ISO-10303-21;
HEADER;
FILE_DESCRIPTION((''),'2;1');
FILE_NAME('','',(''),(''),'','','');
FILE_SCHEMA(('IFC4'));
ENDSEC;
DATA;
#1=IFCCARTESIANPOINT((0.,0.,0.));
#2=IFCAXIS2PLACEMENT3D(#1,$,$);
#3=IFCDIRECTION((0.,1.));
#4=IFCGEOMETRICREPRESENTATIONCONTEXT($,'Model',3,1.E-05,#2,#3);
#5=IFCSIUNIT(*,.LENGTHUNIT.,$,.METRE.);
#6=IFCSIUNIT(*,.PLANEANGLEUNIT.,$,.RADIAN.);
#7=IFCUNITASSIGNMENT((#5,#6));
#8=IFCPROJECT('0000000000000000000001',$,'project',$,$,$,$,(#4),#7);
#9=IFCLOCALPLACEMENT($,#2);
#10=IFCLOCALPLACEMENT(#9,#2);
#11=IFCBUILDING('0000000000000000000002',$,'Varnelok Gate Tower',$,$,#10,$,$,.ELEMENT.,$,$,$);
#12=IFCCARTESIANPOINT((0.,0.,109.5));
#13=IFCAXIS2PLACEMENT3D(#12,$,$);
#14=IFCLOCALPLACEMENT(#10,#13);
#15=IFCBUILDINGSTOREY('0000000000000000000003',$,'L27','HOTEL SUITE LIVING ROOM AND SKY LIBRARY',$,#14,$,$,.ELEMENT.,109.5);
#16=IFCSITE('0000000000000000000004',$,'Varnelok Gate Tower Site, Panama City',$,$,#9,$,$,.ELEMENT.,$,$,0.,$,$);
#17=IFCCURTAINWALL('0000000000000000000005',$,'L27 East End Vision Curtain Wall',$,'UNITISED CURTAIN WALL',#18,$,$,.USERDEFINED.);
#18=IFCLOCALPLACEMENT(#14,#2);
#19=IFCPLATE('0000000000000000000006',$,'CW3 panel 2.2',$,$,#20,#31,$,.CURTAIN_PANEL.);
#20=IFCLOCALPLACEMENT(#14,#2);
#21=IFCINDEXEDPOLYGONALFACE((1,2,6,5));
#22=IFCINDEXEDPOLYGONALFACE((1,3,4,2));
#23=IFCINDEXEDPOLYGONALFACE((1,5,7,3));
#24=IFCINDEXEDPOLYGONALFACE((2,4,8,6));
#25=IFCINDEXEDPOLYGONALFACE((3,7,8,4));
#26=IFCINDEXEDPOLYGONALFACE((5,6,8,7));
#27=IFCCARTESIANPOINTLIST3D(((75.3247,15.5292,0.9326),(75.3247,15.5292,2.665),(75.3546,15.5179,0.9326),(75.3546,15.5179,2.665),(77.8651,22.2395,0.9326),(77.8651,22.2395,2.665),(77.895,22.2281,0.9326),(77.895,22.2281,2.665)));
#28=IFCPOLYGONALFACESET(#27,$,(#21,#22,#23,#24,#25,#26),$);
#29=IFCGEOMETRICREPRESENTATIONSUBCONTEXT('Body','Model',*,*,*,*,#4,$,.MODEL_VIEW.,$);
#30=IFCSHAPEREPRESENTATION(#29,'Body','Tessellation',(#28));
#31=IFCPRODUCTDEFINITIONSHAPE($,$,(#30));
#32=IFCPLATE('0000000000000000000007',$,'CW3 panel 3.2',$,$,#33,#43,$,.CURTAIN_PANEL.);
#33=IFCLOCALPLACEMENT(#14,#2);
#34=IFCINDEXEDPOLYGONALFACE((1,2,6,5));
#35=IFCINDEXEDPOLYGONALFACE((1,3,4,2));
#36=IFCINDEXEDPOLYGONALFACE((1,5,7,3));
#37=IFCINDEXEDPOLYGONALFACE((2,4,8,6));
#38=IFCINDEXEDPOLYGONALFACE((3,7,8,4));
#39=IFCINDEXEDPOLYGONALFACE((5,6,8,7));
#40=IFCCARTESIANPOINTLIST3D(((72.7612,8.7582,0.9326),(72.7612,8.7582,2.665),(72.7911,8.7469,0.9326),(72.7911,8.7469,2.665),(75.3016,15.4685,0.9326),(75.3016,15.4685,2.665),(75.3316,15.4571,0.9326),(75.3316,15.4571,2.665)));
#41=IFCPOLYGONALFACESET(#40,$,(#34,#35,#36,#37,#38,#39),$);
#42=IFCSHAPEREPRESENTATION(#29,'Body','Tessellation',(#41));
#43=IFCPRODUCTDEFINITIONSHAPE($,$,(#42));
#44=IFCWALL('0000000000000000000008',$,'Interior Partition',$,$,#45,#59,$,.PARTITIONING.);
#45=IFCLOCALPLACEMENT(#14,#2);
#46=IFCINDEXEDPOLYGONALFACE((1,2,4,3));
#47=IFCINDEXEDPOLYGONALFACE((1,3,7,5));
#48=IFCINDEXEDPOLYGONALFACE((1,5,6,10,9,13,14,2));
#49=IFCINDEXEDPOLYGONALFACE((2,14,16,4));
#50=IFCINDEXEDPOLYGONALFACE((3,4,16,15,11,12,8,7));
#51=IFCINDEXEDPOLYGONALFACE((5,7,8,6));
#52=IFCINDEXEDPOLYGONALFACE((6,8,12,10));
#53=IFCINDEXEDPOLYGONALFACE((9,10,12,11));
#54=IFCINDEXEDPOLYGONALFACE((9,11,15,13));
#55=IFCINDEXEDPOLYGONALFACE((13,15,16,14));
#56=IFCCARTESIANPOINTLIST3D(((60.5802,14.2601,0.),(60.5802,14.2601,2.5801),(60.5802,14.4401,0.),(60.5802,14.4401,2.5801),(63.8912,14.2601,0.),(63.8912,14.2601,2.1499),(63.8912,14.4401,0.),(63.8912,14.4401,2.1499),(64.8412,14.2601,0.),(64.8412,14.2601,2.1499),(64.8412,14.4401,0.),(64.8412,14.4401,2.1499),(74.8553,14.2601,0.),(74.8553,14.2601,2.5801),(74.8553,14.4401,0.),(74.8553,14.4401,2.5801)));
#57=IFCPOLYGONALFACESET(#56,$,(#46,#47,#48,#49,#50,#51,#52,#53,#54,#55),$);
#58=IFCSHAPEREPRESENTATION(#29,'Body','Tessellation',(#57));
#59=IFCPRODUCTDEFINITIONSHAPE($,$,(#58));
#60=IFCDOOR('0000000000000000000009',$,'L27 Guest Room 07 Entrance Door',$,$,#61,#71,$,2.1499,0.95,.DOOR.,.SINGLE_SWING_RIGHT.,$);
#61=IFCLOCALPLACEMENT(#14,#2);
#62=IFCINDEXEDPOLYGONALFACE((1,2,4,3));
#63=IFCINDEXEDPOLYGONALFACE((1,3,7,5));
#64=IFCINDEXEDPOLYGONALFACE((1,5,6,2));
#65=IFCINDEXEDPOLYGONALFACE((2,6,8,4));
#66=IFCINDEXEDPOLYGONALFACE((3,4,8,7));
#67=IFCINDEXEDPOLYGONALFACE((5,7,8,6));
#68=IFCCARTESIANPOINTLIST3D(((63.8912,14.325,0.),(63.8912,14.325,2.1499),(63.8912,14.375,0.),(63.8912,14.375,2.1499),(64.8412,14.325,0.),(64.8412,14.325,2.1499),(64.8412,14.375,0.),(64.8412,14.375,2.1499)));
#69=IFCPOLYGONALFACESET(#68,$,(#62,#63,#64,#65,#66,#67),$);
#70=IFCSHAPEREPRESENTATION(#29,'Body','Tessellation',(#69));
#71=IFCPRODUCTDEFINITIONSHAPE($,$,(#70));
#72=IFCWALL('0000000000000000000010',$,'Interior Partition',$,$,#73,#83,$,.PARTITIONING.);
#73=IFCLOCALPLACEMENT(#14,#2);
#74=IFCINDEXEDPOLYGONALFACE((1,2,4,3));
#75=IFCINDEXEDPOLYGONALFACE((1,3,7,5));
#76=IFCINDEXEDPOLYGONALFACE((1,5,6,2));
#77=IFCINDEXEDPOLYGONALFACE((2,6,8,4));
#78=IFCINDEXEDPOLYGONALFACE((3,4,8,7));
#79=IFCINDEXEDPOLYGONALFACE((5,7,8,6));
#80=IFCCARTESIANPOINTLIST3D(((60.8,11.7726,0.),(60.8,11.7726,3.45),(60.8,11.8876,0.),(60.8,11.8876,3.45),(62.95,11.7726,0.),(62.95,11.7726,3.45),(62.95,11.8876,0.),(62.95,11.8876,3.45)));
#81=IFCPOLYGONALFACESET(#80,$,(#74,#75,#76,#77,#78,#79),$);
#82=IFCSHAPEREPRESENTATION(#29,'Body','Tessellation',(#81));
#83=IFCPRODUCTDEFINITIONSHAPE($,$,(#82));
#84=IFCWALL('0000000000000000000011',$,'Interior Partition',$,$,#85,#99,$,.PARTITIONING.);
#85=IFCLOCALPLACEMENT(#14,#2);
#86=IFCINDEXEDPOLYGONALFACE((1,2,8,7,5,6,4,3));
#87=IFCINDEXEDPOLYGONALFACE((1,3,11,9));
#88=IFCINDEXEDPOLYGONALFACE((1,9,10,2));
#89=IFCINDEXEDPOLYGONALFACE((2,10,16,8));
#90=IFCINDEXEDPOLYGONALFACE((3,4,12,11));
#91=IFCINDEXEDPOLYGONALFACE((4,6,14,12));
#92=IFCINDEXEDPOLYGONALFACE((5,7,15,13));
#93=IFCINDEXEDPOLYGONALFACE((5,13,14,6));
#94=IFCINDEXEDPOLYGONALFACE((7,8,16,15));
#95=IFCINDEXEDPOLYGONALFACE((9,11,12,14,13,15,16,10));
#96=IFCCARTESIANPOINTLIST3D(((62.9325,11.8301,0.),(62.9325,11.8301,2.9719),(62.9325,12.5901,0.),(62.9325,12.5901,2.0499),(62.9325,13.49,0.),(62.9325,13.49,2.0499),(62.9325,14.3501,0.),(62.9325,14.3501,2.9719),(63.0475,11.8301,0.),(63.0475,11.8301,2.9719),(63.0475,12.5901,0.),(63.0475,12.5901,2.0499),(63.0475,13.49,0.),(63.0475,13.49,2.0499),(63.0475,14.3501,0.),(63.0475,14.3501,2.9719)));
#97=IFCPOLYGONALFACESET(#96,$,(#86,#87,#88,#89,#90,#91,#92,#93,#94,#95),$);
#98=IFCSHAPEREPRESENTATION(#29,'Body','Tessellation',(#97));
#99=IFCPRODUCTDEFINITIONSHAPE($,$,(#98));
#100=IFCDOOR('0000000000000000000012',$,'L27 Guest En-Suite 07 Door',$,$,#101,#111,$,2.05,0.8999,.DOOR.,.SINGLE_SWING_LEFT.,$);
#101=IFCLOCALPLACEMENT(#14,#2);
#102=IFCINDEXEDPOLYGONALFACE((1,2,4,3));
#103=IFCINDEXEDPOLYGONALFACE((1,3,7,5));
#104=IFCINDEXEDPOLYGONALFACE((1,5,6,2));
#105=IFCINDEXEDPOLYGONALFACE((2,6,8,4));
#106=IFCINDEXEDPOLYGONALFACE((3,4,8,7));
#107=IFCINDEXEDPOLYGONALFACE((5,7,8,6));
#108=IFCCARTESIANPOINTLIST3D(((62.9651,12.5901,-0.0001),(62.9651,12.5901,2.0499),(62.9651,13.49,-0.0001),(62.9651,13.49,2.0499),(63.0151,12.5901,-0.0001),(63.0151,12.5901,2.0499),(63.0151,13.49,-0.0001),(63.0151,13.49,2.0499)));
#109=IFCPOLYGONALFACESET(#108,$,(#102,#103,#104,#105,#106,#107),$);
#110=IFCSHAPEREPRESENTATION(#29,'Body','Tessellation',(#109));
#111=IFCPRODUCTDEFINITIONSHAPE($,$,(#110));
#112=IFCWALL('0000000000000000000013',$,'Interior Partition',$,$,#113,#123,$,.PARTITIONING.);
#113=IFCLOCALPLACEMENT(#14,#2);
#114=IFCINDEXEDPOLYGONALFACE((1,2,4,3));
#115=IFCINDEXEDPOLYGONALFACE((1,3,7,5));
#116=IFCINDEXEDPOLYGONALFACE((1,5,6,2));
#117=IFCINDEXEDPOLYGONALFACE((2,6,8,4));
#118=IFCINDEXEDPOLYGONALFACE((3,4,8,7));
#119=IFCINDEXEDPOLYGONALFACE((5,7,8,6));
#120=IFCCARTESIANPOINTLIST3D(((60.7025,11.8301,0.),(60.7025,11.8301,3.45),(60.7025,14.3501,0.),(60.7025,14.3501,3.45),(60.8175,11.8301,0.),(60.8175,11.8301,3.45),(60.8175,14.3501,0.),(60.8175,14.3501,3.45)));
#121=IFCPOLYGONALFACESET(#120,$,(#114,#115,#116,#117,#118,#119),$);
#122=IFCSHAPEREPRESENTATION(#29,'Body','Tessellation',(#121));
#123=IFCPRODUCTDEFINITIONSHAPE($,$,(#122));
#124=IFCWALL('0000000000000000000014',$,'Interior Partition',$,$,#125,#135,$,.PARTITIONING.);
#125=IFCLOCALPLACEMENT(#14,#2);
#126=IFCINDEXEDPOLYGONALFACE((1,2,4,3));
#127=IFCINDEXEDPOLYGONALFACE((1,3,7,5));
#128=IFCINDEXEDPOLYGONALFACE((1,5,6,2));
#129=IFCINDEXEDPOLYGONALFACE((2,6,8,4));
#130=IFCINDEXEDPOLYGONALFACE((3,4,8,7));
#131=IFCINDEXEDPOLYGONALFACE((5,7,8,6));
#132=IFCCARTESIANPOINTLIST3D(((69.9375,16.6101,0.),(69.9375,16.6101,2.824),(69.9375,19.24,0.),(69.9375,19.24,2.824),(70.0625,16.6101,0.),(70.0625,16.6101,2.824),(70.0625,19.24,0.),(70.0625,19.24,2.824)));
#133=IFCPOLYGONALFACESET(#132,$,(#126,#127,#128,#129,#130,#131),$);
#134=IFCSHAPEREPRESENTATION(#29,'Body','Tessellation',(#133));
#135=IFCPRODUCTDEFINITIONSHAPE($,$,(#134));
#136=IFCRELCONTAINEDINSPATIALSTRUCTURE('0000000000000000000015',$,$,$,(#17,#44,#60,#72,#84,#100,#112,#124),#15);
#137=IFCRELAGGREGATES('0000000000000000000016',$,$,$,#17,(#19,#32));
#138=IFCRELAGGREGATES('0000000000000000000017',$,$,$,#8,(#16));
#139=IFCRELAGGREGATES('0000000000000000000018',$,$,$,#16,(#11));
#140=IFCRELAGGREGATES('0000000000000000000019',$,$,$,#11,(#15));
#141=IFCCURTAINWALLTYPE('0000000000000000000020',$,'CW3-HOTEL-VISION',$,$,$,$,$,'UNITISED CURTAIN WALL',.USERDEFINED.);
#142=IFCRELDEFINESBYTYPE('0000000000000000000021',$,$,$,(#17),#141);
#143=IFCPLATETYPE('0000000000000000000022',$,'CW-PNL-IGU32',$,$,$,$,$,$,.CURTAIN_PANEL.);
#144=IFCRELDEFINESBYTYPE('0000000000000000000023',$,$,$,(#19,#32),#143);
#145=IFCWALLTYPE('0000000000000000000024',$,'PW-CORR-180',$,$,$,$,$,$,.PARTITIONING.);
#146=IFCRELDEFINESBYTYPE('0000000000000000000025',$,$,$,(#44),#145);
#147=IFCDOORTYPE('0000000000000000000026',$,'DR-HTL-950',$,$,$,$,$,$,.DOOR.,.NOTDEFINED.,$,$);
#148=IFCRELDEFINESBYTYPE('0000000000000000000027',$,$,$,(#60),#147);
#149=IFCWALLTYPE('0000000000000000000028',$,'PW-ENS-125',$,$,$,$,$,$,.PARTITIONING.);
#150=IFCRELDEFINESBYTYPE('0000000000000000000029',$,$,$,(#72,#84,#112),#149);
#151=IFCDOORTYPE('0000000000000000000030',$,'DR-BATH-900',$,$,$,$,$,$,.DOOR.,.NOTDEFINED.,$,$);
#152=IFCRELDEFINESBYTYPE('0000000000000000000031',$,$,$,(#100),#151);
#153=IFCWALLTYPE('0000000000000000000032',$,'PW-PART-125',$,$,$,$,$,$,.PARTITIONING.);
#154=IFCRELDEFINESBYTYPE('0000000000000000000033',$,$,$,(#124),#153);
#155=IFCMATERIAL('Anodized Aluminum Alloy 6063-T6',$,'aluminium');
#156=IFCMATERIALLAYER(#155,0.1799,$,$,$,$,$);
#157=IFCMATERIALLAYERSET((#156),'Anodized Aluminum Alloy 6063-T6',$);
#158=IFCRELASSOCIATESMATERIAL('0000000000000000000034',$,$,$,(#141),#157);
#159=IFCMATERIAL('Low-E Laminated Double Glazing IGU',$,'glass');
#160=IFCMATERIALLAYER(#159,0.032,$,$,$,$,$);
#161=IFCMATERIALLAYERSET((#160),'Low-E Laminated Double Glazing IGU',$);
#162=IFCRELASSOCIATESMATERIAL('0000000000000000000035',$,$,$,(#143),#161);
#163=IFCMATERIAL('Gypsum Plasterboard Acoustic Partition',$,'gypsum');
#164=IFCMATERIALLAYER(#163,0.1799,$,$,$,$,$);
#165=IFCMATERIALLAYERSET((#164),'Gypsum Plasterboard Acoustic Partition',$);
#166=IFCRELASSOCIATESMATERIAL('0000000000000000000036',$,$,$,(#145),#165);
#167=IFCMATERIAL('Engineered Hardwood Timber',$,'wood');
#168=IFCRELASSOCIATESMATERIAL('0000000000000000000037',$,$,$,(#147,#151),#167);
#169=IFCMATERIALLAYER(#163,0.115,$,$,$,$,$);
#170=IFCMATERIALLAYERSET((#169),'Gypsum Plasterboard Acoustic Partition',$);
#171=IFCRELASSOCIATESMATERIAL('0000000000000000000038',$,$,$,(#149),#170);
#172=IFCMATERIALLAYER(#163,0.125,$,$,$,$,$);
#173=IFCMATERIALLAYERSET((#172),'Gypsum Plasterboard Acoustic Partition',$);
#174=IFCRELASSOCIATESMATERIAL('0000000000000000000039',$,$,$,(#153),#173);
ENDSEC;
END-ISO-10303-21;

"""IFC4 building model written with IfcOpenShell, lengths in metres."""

from ifc_helpers import new_model, si_unit, direction, frame, frame_2d, origin, origin_2d, place, context, subcontext, project, spatial, rectangle, extrude, source, transform, mapped, material, layer, layer_set, type_object, element, fill, aggregate, save


model = new_model("IFC4")

# Units and contexts
model_context = context("Model", 3, precision=1e-05, world=origin(), true_north=direction((0.0, 1.0)))
body_context = subcontext(model_context, "Body", "Model", "MODEL_VIEW")
ifc_project = project(units=[si_unit("LENGTHUNIT", "METRE"), si_unit("PLANEANGLEUNIT", "RADIAN")], contexts=[model_context])

# Site, building, storey
site_placement = place(None, origin())
site = spatial("IfcSite", under=ifc_project, at=site_placement, Name="Varnelok Gate Tower Site, Panama City", CompositionType="ELEMENT", RefElevation=0.0)
building_placement = place(site_placement, origin())
building = spatial("IfcBuilding", under=site, at=building_placement, Name="Varnelok Gate Tower", CompositionType="ELEMENT")
storey_placement = place(building_placement, frame((0.0, 0.0, 109.5)))
storey = spatial("IfcBuildingStorey", under=building, at=storey_placement, Name="L27", Description="HOTEL SUITE LIVING ROOM AND SKY LIBRARY", CompositionType="ELEMENT", Elevation=109.5)

# Curtain wall, plates
ifc_material_1 = material(Name="Anodized Aluminum Alloy 6063-T6", Category="aluminium")
ifc_layer_1 = layer(ifc_material_1, 0.1799)
ifc_layer_set_1 = layer_set([ifc_layer_1], Name="Anodized Aluminum Alloy 6063-T6")
curtain_wall_type = type_object("IfcCurtainWallType", Name="CW3-HOTEL-VISION", ElementType="UNITISED CURTAIN WALL", PredefinedType="USERDEFINED", material=ifc_layer_set_1)
curtain_wall_placement = place(storey_placement, origin())
curtain_wall = element("IfcCurtainWall", 1, at=curtain_wall_placement, inside=storey, type_object=curtain_wall_type, Name="L27 East End Vision Curtain Wall", ObjectType="UNITISED CURTAIN WALL", PredefinedType="USERDEFINED")
ifc_material_2 = material(Name="Low-E Laminated Double Glazing IGU", Category="glass")
ifc_layer_2 = layer(ifc_material_2, 0.032)
ifc_layer_set_2 = layer_set([ifc_layer_2], Name="Low-E Laminated Double Glazing IGU")
plate_type = type_object("IfcPlateType", Name="CW-PNL-IGU32", PredefinedType="CURTAIN_PANEL", material=ifc_layer_set_2)
shared_shape_1 = source(origin(), body_context, "Body", "SweptSolid", [
    extrude(rectangle(XDim=7.175, YDim=0.032, at=origin_2d()), origin(), (0.0, 0.0, 1.0), 1.7324),
])
plate_1_placement = place(storey_placement, frame((76.6099, 18.8787, 0.9326), z_axis=(0.0, 0.0, 1.0), x_axis=(-0.354064, -0.935221, 0.0)))
plate_1 = element("IfcPlate", 2, at=plate_1_placement, type_object=plate_type, Name="CW3 panel 2.2", PredefinedType="CURTAIN_PANEL", context=body_context, shape_type="MappedRepresentation", body=[
    mapped(shared_shape_1, transform((0.0, 0.0, 0.0), scale=1.0)),
])
plate_2_placement = place(storey_placement, frame((74.0464, 12.1077, 0.9326), z_axis=(0.0, 0.0, 1.0), x_axis=(-0.354064, -0.935221, 0.0)))
plate_2 = element("IfcPlate", 3, at=plate_2_placement, type_object=plate_type, Name="CW3 panel 3.2", PredefinedType="CURTAIN_PANEL", context=body_context, shape_type="MappedRepresentation", body=[
    mapped(shared_shape_1, transform((0.0, 0.0, 0.0), scale=1.0)),
])
aggregate(curtain_wall, [plate_1, plate_2])

# Wall, opening, door
ifc_material_3 = material(Name="Gypsum Plasterboard Acoustic Partition", Category="gypsum")
ifc_layer_3 = layer(ifc_material_3, 0.1799)
ifc_layer_set_3 = layer_set([ifc_layer_3], Name="Gypsum Plasterboard Acoustic Partition")
wall_type_1 = type_object("IfcWallType", Name="PW-CORR-180", PredefinedType="PARTITIONING", material=ifc_layer_set_3)
wall_1_placement = place(storey_placement, frame((60.5801, 14.3501, 0.0), z_axis=(0.0, 0.0, 1.0), x_axis=(1.0, 0.0, 0.0)))
wall_1 = element("IfcWall", 4, at=wall_1_placement, inside=storey, type_object=wall_type_1, Name="Interior Partition", PredefinedType="PARTITIONING", context=body_context, shape_type="SweptSolid", body=[
    extrude(rectangle(XDim=14.2751, YDim=0.1799, at=frame_2d((7.1377, 0.0))), origin(), (0.0, 0.0, 1.0), 2.5801),
])
opening_1_placement = place(wall_1_placement, frame((3.311, 0.0, 0.0)))
opening_1 = element("IfcOpeningElement", 5, at=opening_1_placement, cuts=wall_1, PredefinedType="OPENING", context=body_context, shape_type="SweptSolid", body=[
    extrude(rectangle(XDim=0.95, YDim=2.1499, at=frame_2d((0.4751, 1.075))), frame((0.0, 0.0999, 0.0), z_axis=(0.0, -1.0, 0.0), x_axis=(1.0, 0.0, 0.0)), (0.0, 0.0, 1.0), 0.2),
])
ifc_material_4 = material(Name="Engineered Hardwood Timber", Category="wood")
door_type_1 = type_object("IfcDoorType", Name="DR-HTL-950", OperationType="NOTDEFINED", PredefinedType="DOOR", material=ifc_material_4)
door_1_placement = place(opening_1_placement, origin())
door_1 = element("IfcDoor", 6, at=door_1_placement, inside=storey, type_object=door_type_1, Name="L27 Guest Room 07 Entrance Door", OperationType="SINGLE_SWING_RIGHT", OverallHeight=2.1499, OverallWidth=0.95, PredefinedType="DOOR", context=body_context, shape_type="SweptSolid", body=[
    extrude(rectangle(XDim=0.95, YDim=2.1499, at=frame_2d((0.4751, 1.075))), frame((0.0, 0.0249, 0.0), z_axis=(0.0, -1.0, 0.0), x_axis=(1.0, 0.0, 0.0)), (0.0, 0.0, 1.0), 0.05),
])
fill(opening_1, door_1)

# Wall
ifc_layer_4 = layer(ifc_material_3, 0.115)
ifc_layer_set_4 = layer_set([ifc_layer_4], Name="Gypsum Plasterboard Acoustic Partition")
wall_type_2 = type_object("IfcWallType", Name="PW-ENS-125", PredefinedType="PARTITIONING", material=ifc_layer_set_4)
wall_2_placement = place(storey_placement, frame((60.8, 11.8301, 0.0), z_axis=(0.0, 0.0, 1.0), x_axis=(1.0, 0.0, 0.0)))
element("IfcWall", 7, at=wall_2_placement, inside=storey, type_object=wall_type_2, Name="Interior Partition", PredefinedType="PARTITIONING", context=body_context, shape_type="SweptSolid", body=[
    extrude(rectangle(XDim=2.1499, YDim=0.115, at=frame_2d((1.075, 0.0))), origin(), (0.0, 0.0, 1.0), 3.45),
])

# Wall, opening, door
wall_3_placement = place(storey_placement, frame((62.99, 11.8301, 0.0), z_axis=(0.0, 0.0, 1.0), x_axis=(0.0, 1.0, 0.0)))
wall_3 = element("IfcWall", 8, at=wall_3_placement, inside=storey, type_object=wall_type_2, Name="Interior Partition", PredefinedType="PARTITIONING", context=body_context, shape_type="SweptSolid", body=[
    extrude(rectangle(XDim=2.52, YDim=0.115, at=frame_2d((1.26, 0.0))), origin(), (0.0, 0.0, 1.0), 2.9719),
])
opening_2_placement = place(wall_3_placement, frame((0.76, 0.0, 0.0)))
opening_2 = element("IfcOpeningElement", 9, at=opening_2_placement, cuts=wall_3, PredefinedType="OPENING", context=body_context, shape_type="SweptSolid", body=[
    extrude(rectangle(XDim=0.8999, YDim=2.05, at=frame_2d((0.45, 1.0249))), frame((0.0, 0.0674, 0.0), z_axis=(0.0, -1.0, 0.0), x_axis=(1.0, 0.0, 0.0)), (0.0, 0.0, 1.0), 0.135),
])
door_type_2 = type_object("IfcDoorType", Name="DR-BATH-900", OperationType="NOTDEFINED", PredefinedType="DOOR", material=ifc_material_4)
door_2_placement = place(opening_2_placement, origin())
door_2 = element("IfcDoor", 10, at=door_2_placement, inside=storey, type_object=door_type_2, Name="L27 Guest En-Suite 07 Door", OperationType="SINGLE_SWING_LEFT", OverallHeight=2.05, OverallWidth=0.8999, PredefinedType="DOOR", context=body_context, shape_type="SweptSolid", body=[
    extrude(rectangle(XDim=0.8999, YDim=2.05, at=frame_2d((0.45, 1.0249))), frame((0.0, 0.0249, 0.0), z_axis=(0.0, -1.0, 0.0), x_axis=(1.0, 0.0, 0.0)), (0.0, 0.0, 1.0), 0.05),
])
fill(opening_2, door_2)

# Walls
wall_4_placement = place(storey_placement, frame((60.76, 11.8301, 0.0), z_axis=(0.0, 0.0, 1.0), x_axis=(0.0, 1.0, 0.0)))
element("IfcWall", 11, at=wall_4_placement, inside=storey, type_object=wall_type_2, Name="Interior Partition", PredefinedType="PARTITIONING", context=body_context, shape_type="SweptSolid", body=[
    extrude(rectangle(XDim=2.52, YDim=0.115, at=frame_2d((1.26, 0.0))), origin(), (0.0, 0.0, 1.0), 3.45),
])
ifc_layer_5 = layer(ifc_material_3, 0.125)
ifc_layer_set_5 = layer_set([ifc_layer_5], Name="Gypsum Plasterboard Acoustic Partition")
wall_type_3 = type_object("IfcWallType", Name="PW-PART-125", PredefinedType="PARTITIONING", material=ifc_layer_set_5)
wall_5_placement = place(storey_placement, frame((70.0, 16.6101, 0.0), z_axis=(0.0, 0.0, 1.0), x_axis=(0.0, 1.0, 0.0)))
element("IfcWall", 12, at=wall_5_placement, inside=storey, type_object=wall_type_3, Name="Interior Partition", PredefinedType="PARTITIONING", context=body_context, shape_type="SweptSolid", body=[
    extrude(rectangle(XDim=2.6299, YDim=0.125, at=frame_2d((1.3149, 0.0))), origin(), (0.0, 0.0, 1.0), 2.824),
])

save(model, "model.ifc")
